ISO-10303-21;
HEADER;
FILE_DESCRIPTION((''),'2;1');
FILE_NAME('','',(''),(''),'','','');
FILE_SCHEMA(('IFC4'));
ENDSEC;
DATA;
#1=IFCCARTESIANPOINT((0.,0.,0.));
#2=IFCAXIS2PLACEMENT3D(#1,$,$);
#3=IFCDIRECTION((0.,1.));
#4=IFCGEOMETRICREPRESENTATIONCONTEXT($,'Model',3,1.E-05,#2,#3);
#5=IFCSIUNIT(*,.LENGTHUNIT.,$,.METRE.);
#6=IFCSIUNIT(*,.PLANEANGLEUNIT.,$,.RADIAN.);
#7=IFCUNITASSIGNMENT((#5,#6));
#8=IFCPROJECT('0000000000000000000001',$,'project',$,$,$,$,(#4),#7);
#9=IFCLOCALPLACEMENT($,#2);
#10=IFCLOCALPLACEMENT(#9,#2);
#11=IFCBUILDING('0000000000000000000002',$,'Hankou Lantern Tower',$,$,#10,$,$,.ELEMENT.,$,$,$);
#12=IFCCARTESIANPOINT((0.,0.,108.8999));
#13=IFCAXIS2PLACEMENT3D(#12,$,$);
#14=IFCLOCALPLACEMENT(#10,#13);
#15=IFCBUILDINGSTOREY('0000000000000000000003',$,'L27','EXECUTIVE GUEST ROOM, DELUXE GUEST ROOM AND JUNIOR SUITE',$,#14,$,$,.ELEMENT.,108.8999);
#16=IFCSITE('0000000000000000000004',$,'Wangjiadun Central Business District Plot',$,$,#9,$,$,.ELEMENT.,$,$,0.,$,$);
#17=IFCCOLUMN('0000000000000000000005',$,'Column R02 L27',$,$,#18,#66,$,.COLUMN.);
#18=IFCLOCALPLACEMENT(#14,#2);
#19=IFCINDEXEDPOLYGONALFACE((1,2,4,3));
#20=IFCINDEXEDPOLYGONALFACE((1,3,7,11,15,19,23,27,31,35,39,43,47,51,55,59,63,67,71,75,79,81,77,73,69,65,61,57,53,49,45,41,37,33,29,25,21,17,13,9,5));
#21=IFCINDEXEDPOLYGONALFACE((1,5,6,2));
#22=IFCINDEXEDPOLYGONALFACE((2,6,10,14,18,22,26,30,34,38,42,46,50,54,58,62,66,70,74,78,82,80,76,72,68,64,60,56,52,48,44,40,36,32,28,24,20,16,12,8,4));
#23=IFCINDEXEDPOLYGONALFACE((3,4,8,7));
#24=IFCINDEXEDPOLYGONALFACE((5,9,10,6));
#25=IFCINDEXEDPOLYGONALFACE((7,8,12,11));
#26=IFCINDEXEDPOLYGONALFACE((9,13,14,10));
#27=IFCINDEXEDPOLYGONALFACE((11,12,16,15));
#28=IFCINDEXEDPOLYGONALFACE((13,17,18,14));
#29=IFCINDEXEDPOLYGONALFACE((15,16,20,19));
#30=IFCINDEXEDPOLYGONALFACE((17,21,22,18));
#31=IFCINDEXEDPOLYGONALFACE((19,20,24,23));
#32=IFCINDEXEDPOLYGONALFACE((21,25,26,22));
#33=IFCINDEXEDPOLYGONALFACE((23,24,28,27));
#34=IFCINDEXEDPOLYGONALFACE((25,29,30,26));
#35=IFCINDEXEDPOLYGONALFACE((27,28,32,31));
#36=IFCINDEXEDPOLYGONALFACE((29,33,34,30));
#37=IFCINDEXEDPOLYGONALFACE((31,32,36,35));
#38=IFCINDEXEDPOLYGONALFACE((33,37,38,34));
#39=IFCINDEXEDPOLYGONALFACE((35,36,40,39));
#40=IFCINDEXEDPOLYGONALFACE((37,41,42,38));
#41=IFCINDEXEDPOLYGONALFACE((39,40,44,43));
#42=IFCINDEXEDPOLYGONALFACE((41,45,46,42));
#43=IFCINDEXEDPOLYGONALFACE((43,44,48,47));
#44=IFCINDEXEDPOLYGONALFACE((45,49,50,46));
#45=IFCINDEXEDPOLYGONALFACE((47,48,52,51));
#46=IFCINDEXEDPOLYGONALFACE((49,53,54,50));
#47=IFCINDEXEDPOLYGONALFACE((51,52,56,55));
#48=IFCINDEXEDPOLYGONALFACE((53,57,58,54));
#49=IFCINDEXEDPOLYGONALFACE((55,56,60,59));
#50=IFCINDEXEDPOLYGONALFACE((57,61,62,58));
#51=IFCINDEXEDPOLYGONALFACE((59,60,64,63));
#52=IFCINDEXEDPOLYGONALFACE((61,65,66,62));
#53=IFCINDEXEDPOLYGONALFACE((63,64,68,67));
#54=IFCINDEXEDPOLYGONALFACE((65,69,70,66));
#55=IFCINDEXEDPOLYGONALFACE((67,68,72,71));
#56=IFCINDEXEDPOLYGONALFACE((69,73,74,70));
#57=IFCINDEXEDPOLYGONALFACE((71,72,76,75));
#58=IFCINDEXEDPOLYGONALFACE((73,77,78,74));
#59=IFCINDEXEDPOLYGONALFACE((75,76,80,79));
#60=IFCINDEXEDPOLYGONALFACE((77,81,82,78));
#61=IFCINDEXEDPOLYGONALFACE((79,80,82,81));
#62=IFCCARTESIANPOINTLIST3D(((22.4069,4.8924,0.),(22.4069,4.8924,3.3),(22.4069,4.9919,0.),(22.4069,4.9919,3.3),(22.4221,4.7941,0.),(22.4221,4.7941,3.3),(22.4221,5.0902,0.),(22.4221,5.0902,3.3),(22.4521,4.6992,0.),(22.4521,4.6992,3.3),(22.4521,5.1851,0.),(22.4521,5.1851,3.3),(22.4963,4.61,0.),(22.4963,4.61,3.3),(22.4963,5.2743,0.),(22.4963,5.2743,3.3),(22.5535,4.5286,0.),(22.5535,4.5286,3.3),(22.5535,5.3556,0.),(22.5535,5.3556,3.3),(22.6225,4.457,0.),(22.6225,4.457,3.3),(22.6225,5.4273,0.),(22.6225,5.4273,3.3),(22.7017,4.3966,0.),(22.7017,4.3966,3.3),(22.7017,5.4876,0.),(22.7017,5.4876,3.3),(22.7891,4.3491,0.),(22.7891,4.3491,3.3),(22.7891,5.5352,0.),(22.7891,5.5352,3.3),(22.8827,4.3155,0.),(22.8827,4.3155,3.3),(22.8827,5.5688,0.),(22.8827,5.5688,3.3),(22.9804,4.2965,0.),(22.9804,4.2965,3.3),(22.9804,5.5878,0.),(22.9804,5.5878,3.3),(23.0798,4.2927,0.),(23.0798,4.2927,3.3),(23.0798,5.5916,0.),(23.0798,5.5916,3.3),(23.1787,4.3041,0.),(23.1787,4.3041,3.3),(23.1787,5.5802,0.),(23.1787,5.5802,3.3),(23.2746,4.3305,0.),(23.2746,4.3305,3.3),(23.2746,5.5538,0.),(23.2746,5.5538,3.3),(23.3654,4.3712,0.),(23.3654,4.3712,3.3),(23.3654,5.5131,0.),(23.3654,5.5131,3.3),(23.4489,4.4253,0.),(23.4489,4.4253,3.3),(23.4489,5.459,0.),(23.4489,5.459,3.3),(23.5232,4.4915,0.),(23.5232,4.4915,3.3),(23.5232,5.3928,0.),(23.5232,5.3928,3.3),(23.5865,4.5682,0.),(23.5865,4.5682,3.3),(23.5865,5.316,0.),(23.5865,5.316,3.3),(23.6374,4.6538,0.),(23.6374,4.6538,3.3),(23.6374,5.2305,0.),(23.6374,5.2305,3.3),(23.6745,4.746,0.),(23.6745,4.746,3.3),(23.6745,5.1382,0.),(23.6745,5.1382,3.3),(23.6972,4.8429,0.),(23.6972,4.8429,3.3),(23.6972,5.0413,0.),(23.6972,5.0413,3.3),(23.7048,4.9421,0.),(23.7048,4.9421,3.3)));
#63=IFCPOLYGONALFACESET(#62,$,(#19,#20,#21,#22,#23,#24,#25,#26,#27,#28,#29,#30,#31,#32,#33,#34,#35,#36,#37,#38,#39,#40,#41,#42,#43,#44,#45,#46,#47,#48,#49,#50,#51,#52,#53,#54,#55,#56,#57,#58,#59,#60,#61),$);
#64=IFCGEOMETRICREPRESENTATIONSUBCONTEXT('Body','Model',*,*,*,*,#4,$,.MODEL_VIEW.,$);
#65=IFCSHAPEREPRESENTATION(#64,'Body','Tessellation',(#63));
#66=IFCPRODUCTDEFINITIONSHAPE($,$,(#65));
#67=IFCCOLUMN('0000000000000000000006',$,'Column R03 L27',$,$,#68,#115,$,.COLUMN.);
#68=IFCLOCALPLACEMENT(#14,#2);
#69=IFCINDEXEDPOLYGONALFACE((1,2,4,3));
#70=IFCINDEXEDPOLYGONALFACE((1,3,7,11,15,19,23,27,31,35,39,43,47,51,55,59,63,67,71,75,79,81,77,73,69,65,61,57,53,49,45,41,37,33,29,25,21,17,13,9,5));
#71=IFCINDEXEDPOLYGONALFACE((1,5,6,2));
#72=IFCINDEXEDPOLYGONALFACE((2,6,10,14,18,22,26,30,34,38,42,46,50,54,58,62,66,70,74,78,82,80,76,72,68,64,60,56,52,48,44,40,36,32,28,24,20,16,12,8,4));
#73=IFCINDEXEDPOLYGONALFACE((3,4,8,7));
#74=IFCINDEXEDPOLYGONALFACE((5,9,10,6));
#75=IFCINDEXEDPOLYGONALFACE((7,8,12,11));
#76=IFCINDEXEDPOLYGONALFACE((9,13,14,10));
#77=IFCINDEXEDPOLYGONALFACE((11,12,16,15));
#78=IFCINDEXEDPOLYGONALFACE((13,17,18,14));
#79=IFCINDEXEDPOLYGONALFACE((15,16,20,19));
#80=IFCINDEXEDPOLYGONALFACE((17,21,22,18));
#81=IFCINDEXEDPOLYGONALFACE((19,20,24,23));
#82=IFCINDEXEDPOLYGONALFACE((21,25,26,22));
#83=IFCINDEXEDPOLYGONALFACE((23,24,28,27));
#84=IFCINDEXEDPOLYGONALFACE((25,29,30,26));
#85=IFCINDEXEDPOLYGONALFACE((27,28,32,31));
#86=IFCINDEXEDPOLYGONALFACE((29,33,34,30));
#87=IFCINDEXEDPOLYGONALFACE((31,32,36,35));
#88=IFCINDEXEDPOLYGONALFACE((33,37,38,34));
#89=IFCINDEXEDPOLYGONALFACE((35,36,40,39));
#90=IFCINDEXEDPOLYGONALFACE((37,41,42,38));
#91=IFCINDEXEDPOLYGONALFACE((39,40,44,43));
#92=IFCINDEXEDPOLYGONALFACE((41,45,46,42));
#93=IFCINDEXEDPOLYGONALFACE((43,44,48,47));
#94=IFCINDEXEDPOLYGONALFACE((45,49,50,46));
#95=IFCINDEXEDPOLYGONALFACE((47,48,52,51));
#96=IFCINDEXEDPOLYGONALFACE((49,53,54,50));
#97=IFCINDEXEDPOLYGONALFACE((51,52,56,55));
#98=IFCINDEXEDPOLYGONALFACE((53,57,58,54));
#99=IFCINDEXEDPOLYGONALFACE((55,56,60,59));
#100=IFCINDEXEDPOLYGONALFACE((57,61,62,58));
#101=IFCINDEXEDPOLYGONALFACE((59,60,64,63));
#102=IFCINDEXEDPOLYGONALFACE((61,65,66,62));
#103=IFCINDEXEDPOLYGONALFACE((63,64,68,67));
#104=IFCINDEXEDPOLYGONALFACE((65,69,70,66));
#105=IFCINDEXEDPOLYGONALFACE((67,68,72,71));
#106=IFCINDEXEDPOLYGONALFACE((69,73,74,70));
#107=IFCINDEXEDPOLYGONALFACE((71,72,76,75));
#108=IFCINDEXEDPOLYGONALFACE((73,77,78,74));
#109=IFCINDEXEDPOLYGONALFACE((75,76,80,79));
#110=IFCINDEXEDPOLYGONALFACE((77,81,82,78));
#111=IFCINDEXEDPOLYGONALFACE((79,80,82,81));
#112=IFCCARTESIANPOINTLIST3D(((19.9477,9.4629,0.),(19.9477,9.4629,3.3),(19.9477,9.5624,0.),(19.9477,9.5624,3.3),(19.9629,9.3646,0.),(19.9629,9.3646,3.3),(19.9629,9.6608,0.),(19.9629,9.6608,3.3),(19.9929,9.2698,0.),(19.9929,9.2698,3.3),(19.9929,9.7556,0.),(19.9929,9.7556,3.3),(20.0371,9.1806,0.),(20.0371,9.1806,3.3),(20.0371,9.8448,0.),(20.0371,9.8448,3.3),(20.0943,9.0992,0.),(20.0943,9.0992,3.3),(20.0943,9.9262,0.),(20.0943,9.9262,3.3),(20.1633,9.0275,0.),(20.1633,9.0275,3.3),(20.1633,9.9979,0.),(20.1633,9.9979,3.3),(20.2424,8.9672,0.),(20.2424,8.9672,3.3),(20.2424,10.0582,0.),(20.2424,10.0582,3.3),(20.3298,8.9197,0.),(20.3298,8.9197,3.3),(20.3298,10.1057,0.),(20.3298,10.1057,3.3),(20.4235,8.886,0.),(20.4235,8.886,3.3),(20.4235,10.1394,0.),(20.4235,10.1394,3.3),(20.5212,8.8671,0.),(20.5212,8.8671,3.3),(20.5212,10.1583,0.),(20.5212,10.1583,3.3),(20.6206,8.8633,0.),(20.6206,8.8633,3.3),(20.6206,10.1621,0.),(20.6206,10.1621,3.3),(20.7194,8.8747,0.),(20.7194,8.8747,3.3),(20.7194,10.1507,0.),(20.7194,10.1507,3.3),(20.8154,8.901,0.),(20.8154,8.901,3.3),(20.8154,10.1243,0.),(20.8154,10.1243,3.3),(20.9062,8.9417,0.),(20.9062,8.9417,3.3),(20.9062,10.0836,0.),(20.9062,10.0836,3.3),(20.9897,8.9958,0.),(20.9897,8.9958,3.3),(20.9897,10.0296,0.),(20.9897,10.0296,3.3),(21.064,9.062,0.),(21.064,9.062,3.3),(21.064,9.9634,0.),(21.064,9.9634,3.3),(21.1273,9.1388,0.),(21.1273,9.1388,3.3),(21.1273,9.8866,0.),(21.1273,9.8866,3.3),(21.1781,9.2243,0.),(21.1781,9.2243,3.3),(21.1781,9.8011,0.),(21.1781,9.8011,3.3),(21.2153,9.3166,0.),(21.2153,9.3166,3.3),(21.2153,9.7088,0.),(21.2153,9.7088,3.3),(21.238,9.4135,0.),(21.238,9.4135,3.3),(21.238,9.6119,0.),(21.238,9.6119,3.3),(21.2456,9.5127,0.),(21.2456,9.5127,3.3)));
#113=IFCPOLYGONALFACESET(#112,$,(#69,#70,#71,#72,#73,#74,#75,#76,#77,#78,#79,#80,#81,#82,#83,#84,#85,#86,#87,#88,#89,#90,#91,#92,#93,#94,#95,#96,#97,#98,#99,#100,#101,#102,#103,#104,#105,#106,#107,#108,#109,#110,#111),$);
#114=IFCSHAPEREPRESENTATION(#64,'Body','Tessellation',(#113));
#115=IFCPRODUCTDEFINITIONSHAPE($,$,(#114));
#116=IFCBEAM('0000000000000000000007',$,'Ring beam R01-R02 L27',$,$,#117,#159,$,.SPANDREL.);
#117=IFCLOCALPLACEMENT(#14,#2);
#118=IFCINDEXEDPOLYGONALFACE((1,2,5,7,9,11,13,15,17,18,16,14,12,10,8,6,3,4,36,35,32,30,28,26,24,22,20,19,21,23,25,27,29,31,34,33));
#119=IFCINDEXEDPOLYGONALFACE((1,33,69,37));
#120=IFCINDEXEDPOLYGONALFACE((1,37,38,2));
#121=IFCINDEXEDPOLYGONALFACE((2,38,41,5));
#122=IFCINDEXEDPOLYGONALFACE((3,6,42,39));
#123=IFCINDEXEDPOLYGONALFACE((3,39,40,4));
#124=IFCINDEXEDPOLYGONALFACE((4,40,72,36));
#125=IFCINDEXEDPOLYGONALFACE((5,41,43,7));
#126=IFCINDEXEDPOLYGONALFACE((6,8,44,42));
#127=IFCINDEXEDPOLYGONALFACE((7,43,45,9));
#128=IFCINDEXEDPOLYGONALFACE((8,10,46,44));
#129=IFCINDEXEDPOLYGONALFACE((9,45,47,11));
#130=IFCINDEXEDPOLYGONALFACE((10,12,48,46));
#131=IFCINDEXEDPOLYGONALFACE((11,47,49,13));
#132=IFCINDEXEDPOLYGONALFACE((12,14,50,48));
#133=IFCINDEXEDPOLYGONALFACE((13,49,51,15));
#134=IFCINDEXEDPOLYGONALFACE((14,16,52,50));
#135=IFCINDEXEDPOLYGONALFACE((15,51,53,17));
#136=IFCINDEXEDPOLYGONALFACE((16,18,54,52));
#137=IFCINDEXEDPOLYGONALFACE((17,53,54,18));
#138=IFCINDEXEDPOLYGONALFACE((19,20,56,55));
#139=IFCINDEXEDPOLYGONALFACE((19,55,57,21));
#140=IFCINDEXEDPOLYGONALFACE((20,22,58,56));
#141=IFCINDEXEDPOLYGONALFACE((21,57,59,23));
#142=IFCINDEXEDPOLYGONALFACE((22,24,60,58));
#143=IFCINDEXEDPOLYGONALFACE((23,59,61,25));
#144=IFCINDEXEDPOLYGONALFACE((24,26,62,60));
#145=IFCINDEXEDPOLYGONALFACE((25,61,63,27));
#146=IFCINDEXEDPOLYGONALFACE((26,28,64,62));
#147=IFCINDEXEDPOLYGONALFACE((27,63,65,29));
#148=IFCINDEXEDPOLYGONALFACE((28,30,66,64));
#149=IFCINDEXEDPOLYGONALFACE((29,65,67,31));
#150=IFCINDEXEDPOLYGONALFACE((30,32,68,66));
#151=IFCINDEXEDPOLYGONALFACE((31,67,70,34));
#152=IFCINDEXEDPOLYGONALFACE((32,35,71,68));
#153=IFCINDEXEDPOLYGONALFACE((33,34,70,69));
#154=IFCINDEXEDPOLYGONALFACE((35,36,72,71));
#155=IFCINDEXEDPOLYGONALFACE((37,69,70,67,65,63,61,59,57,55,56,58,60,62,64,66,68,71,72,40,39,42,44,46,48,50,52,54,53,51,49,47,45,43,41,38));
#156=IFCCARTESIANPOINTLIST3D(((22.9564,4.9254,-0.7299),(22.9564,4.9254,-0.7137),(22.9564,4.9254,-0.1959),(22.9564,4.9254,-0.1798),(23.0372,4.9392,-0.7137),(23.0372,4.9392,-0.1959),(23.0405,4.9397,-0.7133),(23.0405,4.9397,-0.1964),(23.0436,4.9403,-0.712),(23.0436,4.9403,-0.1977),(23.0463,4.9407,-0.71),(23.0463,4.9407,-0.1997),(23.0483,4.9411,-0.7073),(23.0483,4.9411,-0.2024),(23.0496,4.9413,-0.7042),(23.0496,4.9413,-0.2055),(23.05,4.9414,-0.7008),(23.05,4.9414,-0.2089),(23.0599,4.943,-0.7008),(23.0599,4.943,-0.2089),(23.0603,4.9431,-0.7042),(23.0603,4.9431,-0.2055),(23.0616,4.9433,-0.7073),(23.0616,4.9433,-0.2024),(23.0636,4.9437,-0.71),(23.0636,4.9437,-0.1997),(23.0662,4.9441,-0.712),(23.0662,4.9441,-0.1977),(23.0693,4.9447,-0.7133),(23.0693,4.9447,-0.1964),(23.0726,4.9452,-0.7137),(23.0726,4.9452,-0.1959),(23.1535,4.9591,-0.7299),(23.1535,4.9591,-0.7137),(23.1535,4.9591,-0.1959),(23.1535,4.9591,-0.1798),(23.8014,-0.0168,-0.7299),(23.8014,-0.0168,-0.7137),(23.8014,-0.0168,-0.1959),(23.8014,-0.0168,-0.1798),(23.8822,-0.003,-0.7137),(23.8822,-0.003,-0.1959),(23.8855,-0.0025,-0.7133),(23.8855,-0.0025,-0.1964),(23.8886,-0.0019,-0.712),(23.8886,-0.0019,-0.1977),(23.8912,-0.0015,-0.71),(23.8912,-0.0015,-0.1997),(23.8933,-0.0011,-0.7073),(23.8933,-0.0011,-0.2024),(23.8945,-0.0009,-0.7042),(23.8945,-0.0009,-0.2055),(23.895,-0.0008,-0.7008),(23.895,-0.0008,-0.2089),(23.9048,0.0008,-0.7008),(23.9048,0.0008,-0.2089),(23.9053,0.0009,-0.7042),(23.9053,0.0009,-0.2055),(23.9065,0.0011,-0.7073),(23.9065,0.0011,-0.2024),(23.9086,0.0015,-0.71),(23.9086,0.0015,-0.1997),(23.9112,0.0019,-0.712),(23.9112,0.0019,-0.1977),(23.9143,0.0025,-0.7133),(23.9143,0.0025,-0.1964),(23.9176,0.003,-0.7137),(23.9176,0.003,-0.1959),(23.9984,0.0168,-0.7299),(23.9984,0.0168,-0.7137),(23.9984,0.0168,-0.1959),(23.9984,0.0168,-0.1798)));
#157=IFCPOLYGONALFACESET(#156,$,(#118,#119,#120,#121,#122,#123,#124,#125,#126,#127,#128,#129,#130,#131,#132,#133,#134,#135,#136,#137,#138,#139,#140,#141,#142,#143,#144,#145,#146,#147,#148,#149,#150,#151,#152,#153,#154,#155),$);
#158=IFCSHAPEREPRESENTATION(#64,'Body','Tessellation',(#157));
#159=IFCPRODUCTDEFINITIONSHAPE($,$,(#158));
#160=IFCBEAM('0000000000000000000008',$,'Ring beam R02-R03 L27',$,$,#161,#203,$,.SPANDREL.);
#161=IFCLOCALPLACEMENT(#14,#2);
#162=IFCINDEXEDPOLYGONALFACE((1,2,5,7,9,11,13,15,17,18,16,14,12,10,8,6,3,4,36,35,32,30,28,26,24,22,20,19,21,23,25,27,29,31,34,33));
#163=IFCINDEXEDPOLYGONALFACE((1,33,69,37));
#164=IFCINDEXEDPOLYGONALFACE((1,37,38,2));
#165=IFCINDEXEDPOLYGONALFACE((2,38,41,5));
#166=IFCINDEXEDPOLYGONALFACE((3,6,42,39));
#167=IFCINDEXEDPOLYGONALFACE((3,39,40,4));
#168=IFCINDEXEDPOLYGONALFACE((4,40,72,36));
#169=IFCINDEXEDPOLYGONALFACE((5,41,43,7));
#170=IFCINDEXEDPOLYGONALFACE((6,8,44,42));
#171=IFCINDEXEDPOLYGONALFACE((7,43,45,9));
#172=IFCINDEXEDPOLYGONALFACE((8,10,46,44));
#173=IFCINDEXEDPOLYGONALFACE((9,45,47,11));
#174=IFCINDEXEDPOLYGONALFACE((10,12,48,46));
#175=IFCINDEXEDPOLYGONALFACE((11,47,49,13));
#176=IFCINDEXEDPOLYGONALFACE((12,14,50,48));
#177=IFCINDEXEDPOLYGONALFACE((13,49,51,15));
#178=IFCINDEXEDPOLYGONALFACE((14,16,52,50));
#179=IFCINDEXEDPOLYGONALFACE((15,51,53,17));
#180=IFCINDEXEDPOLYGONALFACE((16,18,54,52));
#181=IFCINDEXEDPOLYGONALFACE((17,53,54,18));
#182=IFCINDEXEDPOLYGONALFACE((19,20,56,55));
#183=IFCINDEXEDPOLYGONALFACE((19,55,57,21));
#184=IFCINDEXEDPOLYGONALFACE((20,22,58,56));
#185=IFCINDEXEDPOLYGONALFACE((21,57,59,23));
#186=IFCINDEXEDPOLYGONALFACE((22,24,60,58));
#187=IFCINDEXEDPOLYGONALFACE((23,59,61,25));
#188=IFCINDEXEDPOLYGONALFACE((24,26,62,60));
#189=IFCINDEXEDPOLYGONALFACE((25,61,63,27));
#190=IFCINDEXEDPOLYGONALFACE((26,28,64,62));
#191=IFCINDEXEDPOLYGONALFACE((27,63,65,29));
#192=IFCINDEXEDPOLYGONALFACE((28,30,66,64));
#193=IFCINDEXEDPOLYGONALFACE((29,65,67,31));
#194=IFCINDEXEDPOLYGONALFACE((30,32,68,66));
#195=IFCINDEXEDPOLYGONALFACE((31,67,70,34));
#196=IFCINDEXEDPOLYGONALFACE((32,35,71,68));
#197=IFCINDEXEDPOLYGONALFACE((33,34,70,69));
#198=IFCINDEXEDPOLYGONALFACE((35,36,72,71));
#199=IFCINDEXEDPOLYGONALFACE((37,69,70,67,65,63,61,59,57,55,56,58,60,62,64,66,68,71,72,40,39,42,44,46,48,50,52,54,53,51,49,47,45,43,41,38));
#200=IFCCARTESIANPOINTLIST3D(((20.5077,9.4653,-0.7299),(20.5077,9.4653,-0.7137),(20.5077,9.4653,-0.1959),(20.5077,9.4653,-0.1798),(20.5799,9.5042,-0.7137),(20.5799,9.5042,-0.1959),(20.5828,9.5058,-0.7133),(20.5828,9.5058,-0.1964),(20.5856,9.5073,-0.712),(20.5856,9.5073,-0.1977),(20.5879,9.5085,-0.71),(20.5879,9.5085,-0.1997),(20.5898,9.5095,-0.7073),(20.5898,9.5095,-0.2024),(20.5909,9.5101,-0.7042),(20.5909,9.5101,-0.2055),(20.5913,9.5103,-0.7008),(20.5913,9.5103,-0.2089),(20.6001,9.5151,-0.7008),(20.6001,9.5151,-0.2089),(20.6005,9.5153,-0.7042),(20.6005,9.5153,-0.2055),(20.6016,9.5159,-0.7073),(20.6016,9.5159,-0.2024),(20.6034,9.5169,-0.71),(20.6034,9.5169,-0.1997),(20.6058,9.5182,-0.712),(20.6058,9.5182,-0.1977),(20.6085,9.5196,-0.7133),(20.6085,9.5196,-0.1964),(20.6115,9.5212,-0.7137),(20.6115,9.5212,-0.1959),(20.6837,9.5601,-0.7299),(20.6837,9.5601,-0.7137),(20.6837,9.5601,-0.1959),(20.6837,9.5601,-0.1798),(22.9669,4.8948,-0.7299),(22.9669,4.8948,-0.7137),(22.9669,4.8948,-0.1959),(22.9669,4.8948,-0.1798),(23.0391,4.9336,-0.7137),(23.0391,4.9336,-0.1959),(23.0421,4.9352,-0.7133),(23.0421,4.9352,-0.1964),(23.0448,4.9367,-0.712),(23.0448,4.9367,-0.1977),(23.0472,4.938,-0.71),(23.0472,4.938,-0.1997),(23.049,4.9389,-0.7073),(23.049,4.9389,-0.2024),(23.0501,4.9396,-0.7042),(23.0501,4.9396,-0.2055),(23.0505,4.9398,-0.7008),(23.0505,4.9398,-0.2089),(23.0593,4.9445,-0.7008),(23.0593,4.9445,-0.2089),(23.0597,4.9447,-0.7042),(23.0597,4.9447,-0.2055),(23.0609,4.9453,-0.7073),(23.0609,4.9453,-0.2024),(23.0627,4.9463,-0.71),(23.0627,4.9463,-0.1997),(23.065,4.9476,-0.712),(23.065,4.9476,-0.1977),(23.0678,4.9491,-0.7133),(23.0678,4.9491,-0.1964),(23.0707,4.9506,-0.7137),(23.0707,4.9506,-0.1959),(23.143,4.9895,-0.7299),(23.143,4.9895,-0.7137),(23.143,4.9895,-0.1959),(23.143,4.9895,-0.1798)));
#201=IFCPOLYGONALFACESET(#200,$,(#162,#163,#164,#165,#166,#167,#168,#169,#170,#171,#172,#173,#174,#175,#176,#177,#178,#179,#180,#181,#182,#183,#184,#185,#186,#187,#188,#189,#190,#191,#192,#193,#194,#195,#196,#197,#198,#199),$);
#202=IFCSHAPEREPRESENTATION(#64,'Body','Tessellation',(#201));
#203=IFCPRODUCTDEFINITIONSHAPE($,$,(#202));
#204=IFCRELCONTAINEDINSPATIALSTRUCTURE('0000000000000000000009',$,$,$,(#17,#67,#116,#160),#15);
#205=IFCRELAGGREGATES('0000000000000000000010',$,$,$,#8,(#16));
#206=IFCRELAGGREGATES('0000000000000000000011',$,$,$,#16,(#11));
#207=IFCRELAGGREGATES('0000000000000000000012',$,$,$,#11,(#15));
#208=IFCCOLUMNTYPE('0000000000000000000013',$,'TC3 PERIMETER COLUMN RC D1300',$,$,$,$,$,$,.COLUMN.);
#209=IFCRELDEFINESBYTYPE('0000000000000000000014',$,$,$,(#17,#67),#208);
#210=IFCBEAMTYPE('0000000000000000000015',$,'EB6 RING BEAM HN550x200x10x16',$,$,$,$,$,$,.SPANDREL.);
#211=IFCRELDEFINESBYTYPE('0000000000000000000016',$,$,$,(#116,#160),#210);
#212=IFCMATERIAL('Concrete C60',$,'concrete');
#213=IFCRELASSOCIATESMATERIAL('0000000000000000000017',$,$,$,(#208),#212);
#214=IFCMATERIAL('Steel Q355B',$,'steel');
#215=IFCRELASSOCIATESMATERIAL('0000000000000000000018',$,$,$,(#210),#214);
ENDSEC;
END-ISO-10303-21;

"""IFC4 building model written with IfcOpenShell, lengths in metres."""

from ifc_helpers import new_model, si_unit, direction, frame, origin, origin_2d, place, context, subcontext, project, spatial, circle, i_section, extrude, material, material_profile, profile_set, type_object, element, save


model = new_model("IFC4")

# Units and contexts
model_context = context("Model", 3, precision=1e-05, world=origin(), true_north=direction((0.0, 1.0)))
body_context = subcontext(model_context, "Body", "Model", "MODEL_VIEW")
ifc_project = project(units=[si_unit("LENGTHUNIT", "METRE"), si_unit("PLANEANGLEUNIT", "RADIAN")], contexts=[model_context])

# Site, building, storey
site_placement = place(None, origin())
site = spatial("IfcSite", under=ifc_project, at=site_placement, Name="Wangjiadun Central Business District Plot", CompositionType="ELEMENT", RefElevation=0.0)
building_placement = place(site_placement, origin())
building = spatial("IfcBuilding", under=site, at=building_placement, Name="Hankou Lantern Tower", CompositionType="ELEMENT")
storey_placement = place(building_placement, frame((0.0, 0.0, 108.8999)))
storey = spatial("IfcBuildingStorey", under=building, at=storey_placement, Name="L27", Description="EXECUTIVE GUEST ROOM, DELUXE GUEST ROOM AND JUNIOR SUITE", CompositionType="ELEMENT", Elevation=108.8999)

# Columns
ifc_material_1 = material(Name="Concrete C60", Category="concrete")
ifc_material_profile_1 = material_profile(ifc_material_1, circle(Radius=0.6499, at=origin_2d()), Name="RC D1300")
ifc_profile_set_1 = profile_set([ifc_material_profile_1], Name="Concrete C60")
column_type = type_object("IfcColumnType", Name="TC3 PERIMETER COLUMN RC D1300", PredefinedType="COLUMN", material=ifc_profile_set_1)
for number, where, z_axis, x_axis, name in (
    (1, (23.0549, 4.9421, 0.0), (0.0, 0.0, 1.0), (1.0, 0.0, 0.0), "Column R02 L27"),
    (2, (20.5957, 9.5127, 0.0), (0.0, 0.0, 1.0), (1.0, 0.0, 0.0), "Column R03 L27"),
):
    element("IfcColumn", number, at=place(storey_placement, frame(where, z_axis=z_axis, x_axis=x_axis)), inside=storey, type_object=column_type, Name=name, PredefinedType="COLUMN", context=body_context, shape_type="SweptSolid", body=[
        extrude(circle(Radius=0.6499, at=origin_2d()), origin(), (0.0, 0.0, 1.0), 3.3),
    ])

# Beams
ifc_material_2 = material(Name="Steel Q355B", Category="steel")
ifc_material_profile_2 = material_profile(ifc_material_2, i_section(OverallWidth=0.2, OverallDepth=0.55, WebThickness=0.01, FlangeThickness=0.0161, FilletRadius=0.0129, at=origin_2d()), Name="HN550x200x10x16")
ifc_profile_set_2 = profile_set([ifc_material_profile_2], Name="Steel Q355B")
beam_type_1 = type_object("IfcBeamType", Name="EB6 RING BEAM HN550x200x10x16", PredefinedType="SPANDREL", material=ifc_profile_set_2)
beam_1_placement = place(storey_placement, frame((23.8999, 0.0, -0.4548), z_axis=(-0.168527, 0.985697, 0.0), x_axis=(-0.985697, -0.168527, 0.0)))
element("IfcBeam", 3, at=beam_1_placement, inside=storey, type_object=beam_type_1, Name="Ring beam R01-R02 L27", PredefinedType="SPANDREL", context=body_context, shape_type="SweptSolid", body=[
    extrude(i_section(OverallWidth=0.2, OverallDepth=0.55, WebThickness=0.01, FlangeThickness=0.0161, FilletRadius=0.0129, at=origin_2d()), origin(), (0.0, 0.0, 1.0), 5.0139),
])
beam_2_placement = place(storey_placement, frame((23.0549, 4.9421, -0.4548), z_axis=(-0.473825, 0.880619, 0.0), x_axis=(-0.880619, -0.473825, 0.0)))
element("IfcBeam", 4, at=beam_2_placement, inside=storey, type_object=beam_type_1, Name="Ring beam R02-R03 L27", PredefinedType="SPANDREL", context=body_context, shape_type="SweptSolid", body=[
    extrude(i_section(OverallWidth=0.2, OverallDepth=0.55, WebThickness=0.01, FlangeThickness=0.0161, FilletRadius=0.0129, at=origin_2d()), origin(), (0.0, 0.0, 1.0), 5.1902),
])

save(model, "model.ifc")
